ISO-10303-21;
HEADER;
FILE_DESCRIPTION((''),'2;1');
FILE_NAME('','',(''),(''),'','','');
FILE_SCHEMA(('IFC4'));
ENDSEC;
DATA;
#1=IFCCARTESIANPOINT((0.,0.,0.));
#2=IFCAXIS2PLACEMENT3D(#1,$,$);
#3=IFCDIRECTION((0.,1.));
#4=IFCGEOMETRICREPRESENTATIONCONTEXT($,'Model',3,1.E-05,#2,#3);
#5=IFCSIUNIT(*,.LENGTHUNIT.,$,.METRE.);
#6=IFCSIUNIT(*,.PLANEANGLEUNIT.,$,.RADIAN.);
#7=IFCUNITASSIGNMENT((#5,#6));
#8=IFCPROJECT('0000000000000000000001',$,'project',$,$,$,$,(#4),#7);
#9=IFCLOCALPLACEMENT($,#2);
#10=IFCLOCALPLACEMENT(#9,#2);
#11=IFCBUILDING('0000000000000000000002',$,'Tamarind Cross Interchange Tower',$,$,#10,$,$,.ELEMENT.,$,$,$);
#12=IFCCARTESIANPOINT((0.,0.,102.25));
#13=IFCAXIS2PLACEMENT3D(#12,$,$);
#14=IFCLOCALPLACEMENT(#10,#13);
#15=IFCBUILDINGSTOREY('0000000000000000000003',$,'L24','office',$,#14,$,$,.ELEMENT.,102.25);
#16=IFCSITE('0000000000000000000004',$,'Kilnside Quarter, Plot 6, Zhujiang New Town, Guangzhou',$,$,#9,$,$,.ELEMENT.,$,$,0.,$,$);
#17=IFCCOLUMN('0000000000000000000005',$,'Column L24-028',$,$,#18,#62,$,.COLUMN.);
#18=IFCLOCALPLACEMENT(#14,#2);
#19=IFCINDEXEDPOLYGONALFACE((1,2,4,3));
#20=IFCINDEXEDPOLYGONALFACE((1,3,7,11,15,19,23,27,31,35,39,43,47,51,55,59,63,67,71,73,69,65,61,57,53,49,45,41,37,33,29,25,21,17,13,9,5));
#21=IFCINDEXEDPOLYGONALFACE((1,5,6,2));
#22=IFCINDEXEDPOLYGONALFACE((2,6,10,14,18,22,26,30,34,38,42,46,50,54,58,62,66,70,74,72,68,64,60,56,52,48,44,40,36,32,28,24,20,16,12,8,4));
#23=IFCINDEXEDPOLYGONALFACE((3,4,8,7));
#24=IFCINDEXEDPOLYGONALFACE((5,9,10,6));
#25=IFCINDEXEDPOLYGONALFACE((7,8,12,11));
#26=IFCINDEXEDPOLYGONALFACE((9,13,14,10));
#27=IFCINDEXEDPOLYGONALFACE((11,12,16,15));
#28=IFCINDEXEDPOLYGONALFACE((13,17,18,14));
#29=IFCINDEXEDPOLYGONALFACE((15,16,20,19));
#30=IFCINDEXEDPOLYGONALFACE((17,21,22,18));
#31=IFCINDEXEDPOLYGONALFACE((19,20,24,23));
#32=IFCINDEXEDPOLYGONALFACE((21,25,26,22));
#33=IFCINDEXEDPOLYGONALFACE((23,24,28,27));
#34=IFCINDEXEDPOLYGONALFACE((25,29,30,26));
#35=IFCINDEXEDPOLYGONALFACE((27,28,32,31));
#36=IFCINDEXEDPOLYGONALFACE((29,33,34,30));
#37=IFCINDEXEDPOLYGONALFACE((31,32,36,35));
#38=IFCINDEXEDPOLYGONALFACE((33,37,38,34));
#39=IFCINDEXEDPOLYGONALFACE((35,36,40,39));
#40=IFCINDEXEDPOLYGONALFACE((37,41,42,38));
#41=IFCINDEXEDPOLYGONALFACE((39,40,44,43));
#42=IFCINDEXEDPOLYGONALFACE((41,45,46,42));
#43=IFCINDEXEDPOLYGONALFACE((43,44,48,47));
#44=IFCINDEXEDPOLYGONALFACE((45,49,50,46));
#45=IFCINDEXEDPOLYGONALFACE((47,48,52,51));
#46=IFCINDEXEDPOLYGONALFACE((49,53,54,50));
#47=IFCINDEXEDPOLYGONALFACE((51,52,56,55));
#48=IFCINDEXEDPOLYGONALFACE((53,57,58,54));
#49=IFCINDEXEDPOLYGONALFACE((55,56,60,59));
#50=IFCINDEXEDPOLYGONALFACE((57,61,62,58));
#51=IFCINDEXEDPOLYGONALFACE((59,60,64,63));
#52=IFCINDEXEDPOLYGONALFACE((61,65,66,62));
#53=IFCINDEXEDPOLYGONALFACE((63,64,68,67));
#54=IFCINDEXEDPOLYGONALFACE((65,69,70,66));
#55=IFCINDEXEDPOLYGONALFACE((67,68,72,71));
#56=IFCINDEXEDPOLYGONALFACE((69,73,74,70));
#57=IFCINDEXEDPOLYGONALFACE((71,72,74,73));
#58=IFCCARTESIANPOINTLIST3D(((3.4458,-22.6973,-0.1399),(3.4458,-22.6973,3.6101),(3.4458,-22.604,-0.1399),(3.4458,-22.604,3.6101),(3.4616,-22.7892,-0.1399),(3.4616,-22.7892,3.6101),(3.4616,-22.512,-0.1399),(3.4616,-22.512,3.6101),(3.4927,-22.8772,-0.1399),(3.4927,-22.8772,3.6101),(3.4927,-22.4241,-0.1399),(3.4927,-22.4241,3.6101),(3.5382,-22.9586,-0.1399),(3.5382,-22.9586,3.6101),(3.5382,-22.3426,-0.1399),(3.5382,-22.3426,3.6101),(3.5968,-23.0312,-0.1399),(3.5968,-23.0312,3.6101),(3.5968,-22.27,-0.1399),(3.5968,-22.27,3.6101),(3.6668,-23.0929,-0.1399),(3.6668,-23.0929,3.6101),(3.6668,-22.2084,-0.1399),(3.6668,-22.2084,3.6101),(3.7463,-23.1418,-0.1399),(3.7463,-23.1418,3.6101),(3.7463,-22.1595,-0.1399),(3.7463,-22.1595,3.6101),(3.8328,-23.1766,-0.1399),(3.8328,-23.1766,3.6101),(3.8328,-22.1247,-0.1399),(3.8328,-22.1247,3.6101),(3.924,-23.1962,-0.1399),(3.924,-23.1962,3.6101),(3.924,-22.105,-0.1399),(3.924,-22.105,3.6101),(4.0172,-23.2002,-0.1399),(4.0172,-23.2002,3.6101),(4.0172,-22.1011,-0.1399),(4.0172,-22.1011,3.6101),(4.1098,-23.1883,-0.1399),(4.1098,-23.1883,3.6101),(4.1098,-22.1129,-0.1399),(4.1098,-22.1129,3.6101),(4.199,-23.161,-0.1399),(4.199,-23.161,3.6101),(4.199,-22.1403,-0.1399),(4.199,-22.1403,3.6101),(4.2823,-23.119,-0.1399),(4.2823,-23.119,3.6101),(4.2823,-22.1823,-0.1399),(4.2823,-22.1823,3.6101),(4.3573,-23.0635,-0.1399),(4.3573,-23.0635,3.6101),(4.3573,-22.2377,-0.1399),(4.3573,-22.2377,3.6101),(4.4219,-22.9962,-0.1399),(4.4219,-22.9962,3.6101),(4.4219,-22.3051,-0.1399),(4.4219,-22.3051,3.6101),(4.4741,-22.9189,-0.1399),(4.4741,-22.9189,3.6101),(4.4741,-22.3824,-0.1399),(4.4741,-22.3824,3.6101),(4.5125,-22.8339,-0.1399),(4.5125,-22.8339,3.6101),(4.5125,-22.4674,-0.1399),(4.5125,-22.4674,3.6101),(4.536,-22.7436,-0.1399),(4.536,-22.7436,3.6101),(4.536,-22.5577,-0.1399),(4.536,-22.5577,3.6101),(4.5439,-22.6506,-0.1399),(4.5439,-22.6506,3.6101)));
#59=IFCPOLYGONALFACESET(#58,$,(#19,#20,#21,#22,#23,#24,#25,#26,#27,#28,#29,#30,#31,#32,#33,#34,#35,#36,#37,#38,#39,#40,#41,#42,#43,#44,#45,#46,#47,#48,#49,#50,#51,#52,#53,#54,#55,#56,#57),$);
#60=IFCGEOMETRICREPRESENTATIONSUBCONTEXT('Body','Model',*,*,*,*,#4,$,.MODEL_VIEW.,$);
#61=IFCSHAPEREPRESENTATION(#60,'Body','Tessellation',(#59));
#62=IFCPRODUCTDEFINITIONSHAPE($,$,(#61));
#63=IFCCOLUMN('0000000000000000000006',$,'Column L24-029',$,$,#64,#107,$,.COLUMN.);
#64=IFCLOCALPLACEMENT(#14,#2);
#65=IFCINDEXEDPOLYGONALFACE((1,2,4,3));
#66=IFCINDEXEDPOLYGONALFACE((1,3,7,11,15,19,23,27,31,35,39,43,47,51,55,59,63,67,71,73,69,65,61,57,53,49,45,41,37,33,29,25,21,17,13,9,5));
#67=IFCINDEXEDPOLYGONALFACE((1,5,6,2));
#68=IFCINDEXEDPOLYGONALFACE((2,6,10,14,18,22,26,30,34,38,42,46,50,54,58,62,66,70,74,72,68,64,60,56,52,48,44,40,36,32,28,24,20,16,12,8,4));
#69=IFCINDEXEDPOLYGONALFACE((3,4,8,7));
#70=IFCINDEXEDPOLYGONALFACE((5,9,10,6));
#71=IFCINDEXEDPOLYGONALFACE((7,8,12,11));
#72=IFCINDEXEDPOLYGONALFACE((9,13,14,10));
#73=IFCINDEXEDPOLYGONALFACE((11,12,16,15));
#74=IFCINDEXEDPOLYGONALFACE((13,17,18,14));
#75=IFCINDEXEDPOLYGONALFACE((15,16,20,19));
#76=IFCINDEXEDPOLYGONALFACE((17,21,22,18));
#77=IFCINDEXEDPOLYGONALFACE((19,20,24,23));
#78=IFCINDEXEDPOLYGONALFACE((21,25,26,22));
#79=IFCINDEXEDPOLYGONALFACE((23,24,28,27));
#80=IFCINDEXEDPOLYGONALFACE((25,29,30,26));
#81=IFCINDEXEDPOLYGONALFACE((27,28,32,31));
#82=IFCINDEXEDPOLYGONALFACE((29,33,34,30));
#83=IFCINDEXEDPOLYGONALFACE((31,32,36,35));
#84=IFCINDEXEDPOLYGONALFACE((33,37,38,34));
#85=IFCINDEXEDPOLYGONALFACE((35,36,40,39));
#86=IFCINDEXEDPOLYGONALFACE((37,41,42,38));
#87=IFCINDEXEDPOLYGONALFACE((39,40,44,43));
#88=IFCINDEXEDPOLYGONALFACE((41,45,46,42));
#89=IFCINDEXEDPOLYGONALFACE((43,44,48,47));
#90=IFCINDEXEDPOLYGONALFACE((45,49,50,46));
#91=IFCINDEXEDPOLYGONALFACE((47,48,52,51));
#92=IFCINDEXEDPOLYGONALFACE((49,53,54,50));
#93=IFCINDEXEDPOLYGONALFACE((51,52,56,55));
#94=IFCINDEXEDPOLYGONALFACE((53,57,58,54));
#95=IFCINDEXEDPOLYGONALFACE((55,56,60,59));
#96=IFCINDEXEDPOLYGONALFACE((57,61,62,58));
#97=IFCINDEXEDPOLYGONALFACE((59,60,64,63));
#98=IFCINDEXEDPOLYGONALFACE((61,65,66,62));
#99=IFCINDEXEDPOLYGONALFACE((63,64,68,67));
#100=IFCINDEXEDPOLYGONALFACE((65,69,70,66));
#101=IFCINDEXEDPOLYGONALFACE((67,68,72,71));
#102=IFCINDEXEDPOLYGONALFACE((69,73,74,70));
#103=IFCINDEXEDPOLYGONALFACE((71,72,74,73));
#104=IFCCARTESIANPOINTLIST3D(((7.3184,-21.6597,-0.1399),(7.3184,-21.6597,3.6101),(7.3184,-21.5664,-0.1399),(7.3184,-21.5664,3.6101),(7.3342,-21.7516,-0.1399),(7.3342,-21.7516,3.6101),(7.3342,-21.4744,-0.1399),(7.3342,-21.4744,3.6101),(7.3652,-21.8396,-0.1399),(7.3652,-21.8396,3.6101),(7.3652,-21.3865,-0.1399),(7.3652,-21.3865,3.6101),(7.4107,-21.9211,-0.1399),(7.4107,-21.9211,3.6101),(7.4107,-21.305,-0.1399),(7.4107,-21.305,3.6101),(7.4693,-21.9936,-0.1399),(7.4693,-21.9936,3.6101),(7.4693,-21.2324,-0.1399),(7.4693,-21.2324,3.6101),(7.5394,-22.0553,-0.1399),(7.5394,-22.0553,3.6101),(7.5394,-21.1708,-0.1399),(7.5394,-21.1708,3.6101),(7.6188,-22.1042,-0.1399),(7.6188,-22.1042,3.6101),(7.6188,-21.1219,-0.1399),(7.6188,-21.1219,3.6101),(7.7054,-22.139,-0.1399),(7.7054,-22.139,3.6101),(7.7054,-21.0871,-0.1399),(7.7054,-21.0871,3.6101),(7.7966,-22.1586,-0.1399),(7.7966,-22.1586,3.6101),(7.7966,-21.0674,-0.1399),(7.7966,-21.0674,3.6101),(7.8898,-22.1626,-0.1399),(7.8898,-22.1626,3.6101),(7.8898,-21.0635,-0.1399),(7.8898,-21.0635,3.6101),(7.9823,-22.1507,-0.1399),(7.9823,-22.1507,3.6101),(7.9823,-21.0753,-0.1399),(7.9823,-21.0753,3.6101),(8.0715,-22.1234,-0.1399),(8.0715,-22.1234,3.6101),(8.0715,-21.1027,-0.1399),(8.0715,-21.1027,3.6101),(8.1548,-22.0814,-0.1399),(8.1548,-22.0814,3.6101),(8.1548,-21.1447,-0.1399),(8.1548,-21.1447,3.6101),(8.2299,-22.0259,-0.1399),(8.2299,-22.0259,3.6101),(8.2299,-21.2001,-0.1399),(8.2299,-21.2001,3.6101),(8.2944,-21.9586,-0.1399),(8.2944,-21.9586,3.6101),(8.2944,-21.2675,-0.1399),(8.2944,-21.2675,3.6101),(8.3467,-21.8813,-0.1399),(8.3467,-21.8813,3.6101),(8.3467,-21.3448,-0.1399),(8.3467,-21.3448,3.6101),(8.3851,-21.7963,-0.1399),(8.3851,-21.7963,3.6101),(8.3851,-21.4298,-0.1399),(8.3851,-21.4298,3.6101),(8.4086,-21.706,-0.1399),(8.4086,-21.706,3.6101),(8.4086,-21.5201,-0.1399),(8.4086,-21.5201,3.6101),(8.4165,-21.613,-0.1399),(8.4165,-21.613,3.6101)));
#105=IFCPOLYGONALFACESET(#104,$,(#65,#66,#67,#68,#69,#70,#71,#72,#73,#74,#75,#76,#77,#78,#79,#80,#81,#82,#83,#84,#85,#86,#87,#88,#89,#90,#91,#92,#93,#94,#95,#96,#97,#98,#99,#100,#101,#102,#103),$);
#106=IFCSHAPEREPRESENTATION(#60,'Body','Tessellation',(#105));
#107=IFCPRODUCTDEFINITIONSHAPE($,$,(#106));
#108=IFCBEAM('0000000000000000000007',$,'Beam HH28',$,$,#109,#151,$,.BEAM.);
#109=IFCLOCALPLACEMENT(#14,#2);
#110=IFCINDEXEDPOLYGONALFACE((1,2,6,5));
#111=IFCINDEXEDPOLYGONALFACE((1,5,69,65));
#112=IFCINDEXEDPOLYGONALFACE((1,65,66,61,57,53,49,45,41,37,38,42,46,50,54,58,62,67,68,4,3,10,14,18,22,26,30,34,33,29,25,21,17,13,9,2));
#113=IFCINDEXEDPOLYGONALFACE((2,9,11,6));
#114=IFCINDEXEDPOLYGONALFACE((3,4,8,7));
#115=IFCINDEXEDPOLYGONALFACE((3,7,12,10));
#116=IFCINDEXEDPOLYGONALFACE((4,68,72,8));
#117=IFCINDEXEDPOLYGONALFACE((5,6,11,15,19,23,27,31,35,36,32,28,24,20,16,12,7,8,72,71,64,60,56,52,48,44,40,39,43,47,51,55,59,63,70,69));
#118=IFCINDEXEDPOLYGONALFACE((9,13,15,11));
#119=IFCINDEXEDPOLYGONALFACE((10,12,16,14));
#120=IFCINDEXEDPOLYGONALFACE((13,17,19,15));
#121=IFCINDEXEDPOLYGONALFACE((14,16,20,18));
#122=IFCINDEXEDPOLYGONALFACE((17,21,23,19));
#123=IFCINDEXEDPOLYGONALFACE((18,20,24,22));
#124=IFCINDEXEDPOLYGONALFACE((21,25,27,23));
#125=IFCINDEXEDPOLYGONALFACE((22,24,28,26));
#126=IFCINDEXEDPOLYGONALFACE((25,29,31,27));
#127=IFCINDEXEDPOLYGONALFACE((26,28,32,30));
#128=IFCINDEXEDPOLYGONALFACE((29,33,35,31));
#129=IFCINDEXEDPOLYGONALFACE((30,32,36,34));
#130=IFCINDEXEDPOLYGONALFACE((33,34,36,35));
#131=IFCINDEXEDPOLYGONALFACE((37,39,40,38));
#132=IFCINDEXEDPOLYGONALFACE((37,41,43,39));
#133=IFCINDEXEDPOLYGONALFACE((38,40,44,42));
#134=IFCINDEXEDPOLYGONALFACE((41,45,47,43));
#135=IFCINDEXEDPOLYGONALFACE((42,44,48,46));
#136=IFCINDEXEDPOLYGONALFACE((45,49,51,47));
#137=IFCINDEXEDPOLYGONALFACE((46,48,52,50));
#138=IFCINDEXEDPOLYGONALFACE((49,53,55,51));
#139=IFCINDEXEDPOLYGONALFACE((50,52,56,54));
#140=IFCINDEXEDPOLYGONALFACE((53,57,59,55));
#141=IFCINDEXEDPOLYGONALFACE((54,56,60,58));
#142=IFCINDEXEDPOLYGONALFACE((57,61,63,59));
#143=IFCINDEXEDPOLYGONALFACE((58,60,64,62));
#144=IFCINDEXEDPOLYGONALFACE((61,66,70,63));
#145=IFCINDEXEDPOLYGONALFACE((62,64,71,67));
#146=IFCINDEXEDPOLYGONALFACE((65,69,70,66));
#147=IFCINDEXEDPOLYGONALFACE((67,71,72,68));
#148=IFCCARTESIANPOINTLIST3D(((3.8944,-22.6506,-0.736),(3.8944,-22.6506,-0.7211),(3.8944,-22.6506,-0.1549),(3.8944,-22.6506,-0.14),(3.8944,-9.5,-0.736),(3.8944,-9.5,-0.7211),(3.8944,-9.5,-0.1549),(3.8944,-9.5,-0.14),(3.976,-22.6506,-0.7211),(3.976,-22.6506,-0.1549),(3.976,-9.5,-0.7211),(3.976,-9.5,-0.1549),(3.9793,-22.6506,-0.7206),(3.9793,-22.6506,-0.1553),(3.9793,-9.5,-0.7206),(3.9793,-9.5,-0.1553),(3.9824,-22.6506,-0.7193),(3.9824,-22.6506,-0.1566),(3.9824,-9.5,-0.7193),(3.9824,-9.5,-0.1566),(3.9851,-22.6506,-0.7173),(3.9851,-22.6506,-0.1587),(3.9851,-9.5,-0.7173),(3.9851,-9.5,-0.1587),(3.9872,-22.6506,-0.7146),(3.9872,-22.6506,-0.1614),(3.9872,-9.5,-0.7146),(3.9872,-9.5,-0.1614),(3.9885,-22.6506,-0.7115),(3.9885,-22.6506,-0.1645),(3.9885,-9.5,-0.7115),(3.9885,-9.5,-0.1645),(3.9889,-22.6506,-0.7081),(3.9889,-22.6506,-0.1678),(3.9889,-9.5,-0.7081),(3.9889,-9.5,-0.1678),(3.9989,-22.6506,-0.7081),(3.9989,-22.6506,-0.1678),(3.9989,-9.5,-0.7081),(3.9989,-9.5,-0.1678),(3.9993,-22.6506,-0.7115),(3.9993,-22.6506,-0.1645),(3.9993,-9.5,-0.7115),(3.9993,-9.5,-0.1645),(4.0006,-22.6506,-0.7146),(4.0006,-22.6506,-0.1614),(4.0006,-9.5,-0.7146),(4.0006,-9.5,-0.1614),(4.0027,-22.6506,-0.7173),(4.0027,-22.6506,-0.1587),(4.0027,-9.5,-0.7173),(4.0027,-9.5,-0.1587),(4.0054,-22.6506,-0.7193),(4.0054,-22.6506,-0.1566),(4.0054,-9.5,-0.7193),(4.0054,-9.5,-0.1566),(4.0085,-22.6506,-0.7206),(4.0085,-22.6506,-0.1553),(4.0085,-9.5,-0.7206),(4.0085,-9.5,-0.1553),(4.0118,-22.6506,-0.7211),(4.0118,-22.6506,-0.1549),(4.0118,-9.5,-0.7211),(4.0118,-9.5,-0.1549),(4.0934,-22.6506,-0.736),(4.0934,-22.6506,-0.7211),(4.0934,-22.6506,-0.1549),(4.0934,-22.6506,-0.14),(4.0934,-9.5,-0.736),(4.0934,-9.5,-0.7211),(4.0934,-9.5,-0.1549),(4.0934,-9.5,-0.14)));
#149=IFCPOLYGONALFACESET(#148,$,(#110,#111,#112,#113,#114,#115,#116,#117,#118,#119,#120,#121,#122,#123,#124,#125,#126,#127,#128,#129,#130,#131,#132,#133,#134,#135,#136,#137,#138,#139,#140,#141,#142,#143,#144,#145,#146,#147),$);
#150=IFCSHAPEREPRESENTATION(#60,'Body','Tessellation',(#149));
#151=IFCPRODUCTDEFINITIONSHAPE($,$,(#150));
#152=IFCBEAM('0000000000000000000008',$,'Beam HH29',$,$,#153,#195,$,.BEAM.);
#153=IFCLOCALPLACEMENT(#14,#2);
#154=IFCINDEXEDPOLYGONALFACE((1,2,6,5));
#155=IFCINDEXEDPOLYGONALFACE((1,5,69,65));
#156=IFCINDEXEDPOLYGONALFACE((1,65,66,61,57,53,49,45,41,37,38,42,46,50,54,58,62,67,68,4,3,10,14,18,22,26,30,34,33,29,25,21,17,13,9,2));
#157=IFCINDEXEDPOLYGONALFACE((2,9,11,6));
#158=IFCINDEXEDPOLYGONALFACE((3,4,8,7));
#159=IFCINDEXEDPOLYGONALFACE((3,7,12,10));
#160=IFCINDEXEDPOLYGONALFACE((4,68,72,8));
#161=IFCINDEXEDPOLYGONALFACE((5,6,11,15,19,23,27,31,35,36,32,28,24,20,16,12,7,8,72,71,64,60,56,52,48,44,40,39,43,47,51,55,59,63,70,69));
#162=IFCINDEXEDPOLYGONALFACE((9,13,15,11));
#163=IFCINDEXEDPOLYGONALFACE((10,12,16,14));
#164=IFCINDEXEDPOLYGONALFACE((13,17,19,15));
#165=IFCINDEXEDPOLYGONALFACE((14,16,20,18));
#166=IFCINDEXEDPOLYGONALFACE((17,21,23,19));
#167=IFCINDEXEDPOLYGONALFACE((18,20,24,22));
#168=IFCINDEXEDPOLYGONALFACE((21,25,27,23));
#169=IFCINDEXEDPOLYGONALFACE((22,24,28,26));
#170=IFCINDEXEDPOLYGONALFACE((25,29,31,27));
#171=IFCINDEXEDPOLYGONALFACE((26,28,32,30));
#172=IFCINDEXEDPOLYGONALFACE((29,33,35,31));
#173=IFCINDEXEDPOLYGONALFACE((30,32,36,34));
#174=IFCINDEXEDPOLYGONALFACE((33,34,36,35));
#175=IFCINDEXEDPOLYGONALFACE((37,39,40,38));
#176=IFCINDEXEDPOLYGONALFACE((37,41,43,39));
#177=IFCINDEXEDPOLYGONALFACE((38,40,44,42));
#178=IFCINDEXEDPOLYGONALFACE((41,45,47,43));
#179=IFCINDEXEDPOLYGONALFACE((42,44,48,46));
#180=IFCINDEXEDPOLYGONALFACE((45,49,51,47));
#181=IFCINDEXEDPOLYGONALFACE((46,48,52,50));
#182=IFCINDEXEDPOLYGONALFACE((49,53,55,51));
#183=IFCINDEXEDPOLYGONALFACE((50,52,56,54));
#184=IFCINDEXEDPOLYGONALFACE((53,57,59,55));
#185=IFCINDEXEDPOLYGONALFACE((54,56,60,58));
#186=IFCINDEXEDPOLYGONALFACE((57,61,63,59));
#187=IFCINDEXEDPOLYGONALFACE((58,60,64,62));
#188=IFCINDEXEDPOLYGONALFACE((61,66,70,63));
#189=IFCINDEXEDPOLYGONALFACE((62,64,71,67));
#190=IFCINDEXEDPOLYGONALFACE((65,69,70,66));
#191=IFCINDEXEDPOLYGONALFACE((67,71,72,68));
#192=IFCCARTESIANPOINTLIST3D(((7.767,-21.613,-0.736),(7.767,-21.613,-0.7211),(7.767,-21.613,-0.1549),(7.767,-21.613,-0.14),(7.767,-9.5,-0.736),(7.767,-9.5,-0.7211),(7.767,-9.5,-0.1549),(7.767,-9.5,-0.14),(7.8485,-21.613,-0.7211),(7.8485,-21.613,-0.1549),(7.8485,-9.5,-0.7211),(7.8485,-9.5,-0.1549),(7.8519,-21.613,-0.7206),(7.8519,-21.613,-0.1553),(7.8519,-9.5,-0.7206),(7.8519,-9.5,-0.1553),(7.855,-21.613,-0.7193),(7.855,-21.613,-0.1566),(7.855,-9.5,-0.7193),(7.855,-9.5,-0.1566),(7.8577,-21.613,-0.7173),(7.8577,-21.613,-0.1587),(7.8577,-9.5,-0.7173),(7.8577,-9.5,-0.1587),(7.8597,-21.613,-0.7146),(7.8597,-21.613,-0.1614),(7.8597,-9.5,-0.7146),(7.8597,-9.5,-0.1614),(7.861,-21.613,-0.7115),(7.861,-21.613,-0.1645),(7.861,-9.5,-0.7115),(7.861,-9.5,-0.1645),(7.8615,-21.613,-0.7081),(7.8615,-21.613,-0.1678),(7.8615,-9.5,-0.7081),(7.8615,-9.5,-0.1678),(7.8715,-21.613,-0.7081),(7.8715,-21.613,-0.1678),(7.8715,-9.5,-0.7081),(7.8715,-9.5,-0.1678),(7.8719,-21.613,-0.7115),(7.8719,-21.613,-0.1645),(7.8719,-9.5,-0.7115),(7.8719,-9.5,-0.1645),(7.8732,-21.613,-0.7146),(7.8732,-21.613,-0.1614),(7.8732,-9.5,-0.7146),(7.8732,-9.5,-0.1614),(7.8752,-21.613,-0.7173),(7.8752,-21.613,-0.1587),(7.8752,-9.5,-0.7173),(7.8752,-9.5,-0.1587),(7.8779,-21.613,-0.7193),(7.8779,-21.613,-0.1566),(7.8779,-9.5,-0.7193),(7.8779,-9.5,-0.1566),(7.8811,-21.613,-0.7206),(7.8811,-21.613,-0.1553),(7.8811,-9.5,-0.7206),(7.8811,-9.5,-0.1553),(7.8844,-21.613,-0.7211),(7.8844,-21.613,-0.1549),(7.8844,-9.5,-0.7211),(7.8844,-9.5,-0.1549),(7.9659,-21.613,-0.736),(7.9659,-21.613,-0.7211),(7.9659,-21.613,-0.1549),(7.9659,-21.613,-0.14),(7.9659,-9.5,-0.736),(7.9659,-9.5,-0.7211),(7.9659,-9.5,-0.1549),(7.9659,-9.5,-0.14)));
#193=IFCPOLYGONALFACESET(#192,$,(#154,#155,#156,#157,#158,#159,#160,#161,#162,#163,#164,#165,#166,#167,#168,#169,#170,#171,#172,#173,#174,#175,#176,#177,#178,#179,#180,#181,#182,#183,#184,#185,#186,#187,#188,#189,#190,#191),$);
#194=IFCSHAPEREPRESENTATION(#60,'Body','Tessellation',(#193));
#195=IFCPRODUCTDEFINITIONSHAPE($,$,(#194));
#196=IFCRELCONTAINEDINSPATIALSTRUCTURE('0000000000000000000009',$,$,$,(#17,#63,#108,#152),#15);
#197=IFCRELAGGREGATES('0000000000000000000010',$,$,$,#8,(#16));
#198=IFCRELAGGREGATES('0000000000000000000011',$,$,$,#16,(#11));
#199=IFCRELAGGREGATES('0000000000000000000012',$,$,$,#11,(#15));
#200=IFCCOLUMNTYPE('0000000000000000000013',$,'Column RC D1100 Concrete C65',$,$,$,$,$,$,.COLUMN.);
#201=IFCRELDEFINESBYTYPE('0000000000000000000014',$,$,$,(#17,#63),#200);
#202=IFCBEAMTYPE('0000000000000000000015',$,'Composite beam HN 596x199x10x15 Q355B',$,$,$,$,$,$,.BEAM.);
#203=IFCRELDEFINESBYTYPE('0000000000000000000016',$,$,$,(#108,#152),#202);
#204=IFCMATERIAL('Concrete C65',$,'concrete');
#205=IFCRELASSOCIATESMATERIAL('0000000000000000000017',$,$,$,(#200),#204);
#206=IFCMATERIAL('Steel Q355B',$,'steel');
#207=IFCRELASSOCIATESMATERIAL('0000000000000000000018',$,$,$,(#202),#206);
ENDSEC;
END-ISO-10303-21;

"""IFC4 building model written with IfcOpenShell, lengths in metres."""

from ifc_helpers import new_model, si_unit, direction, frame, origin, origin_2d, place, context, subcontext, project, spatial, circle, i_section, extrude, material, material_profile, profile_set, type_object, element, save


model = new_model("IFC4")

# Units and contexts
model_context = context("Model", 3, precision=1e-05, world=origin(), true_north=direction((0.0, 1.0)))
body_context = subcontext(model_context, "Body", "Model", "MODEL_VIEW")
ifc_project = project(units=[si_unit("LENGTHUNIT", "METRE"), si_unit("PLANEANGLEUNIT", "RADIAN")], contexts=[model_context])

# Site, building, storey
site_placement = place(None, origin())
site = spatial("IfcSite", under=ifc_project, at=site_placement, Name="Kilnside Quarter, Plot 6, Zhujiang New Town, Guangzhou", CompositionType="ELEMENT", RefElevation=0.0)
building_placement = place(site_placement, origin())
building = spatial("IfcBuilding", under=site, at=building_placement, Name="Tamarind Cross Interchange Tower", CompositionType="ELEMENT")
storey_placement = place(building_placement, frame((0.0, 0.0, 102.25)))
storey = spatial("IfcBuildingStorey", under=building, at=storey_placement, Name="L24", Description="office", CompositionType="ELEMENT", Elevation=102.25)

# Columns
ifc_material_1 = material(Name="Concrete C65", Category="concrete")
ifc_material_profile_1 = material_profile(ifc_material_1, circle(Radius=0.55, at=origin_2d()), Name="RC D1100")
ifc_profile_set_1 = profile_set([ifc_material_profile_1], Name="Concrete C65")
column_type = type_object("IfcColumnType", Name="Column RC D1100 Concrete C65", PredefinedType="COLUMN", material=ifc_profile_set_1)
for number, where, z_axis, x_axis, name in (
    (1, (3.9939, -22.6506, -0.1399), (0.0, 0.0, 1.0), (1.0, 0.0, 0.0), "Column L24-028"),
    (2, (7.8665, -21.613, -0.1399), (0.0, 0.0, 1.0), (1.0, 0.0, 0.0), "Column L24-029"),
):
    element("IfcColumn", number, at=place(storey_placement, frame(where, z_axis=z_axis, x_axis=x_axis)), inside=storey, type_object=column_type, Name=name, PredefinedType="COLUMN", context=body_context, shape_type="SweptSolid", body=[
        extrude(circle(Radius=0.55, at=origin_2d()), origin(), (0.0, 0.0, 1.0), 3.75),
    ])

# Beams
ifc_material_2 = material(Name="Steel Q355B", Category="steel")
ifc_material_profile_2 = material_profile(ifc_material_2, i_section(OverallWidth=0.199, OverallDepth=0.5959, WebThickness=0.01, FlangeThickness=0.0149, FilletRadius=0.0129, at=origin_2d()), Name="HN 596x199x10x15")
ifc_profile_set_2 = profile_set([ifc_material_profile_2], Name="Steel Q355B")
beam_type = type_object("IfcBeamType", Name="Composite beam HN 596x199x10x15 Q355B", PredefinedType="BEAM", material=ifc_profile_set_2)
beam_1_placement = place(storey_placement, frame((3.9939, -22.6506, -0.438), z_axis=(0.0, 1.0, 0.0), x_axis=(-1.0, 0.0, 0.0)))
element("IfcBeam", 3, at=beam_1_placement, inside=storey, type_object=beam_type, Name="Beam HH28", PredefinedType="BEAM", context=body_context, shape_type="SweptSolid", body=[
    extrude(i_section(OverallWidth=0.199, OverallDepth=0.5959, WebThickness=0.01, FlangeThickness=0.0149, FilletRadius=0.0129, at=origin_2d()), origin(), (0.0, 0.0, 1.0), 13.1506),
])
beam_2_placement = place(storey_placement, frame((7.8665, -21.613, -0.438), z_axis=(0.0, 1.0, 0.0), x_axis=(-1.0, 0.0, 0.0)))
element("IfcBeam", 4, at=beam_2_placement, inside=storey, type_object=beam_type, Name="Beam HH29", PredefinedType="BEAM", context=body_context, shape_type="SweptSolid", body=[
    extrude(i_section(OverallWidth=0.199, OverallDepth=0.5959, WebThickness=0.01, FlangeThickness=0.0149, FilletRadius=0.0129, at=origin_2d()), origin(), (0.0, 0.0, 1.0), 12.113),
])

save(model, "model.ifc")
